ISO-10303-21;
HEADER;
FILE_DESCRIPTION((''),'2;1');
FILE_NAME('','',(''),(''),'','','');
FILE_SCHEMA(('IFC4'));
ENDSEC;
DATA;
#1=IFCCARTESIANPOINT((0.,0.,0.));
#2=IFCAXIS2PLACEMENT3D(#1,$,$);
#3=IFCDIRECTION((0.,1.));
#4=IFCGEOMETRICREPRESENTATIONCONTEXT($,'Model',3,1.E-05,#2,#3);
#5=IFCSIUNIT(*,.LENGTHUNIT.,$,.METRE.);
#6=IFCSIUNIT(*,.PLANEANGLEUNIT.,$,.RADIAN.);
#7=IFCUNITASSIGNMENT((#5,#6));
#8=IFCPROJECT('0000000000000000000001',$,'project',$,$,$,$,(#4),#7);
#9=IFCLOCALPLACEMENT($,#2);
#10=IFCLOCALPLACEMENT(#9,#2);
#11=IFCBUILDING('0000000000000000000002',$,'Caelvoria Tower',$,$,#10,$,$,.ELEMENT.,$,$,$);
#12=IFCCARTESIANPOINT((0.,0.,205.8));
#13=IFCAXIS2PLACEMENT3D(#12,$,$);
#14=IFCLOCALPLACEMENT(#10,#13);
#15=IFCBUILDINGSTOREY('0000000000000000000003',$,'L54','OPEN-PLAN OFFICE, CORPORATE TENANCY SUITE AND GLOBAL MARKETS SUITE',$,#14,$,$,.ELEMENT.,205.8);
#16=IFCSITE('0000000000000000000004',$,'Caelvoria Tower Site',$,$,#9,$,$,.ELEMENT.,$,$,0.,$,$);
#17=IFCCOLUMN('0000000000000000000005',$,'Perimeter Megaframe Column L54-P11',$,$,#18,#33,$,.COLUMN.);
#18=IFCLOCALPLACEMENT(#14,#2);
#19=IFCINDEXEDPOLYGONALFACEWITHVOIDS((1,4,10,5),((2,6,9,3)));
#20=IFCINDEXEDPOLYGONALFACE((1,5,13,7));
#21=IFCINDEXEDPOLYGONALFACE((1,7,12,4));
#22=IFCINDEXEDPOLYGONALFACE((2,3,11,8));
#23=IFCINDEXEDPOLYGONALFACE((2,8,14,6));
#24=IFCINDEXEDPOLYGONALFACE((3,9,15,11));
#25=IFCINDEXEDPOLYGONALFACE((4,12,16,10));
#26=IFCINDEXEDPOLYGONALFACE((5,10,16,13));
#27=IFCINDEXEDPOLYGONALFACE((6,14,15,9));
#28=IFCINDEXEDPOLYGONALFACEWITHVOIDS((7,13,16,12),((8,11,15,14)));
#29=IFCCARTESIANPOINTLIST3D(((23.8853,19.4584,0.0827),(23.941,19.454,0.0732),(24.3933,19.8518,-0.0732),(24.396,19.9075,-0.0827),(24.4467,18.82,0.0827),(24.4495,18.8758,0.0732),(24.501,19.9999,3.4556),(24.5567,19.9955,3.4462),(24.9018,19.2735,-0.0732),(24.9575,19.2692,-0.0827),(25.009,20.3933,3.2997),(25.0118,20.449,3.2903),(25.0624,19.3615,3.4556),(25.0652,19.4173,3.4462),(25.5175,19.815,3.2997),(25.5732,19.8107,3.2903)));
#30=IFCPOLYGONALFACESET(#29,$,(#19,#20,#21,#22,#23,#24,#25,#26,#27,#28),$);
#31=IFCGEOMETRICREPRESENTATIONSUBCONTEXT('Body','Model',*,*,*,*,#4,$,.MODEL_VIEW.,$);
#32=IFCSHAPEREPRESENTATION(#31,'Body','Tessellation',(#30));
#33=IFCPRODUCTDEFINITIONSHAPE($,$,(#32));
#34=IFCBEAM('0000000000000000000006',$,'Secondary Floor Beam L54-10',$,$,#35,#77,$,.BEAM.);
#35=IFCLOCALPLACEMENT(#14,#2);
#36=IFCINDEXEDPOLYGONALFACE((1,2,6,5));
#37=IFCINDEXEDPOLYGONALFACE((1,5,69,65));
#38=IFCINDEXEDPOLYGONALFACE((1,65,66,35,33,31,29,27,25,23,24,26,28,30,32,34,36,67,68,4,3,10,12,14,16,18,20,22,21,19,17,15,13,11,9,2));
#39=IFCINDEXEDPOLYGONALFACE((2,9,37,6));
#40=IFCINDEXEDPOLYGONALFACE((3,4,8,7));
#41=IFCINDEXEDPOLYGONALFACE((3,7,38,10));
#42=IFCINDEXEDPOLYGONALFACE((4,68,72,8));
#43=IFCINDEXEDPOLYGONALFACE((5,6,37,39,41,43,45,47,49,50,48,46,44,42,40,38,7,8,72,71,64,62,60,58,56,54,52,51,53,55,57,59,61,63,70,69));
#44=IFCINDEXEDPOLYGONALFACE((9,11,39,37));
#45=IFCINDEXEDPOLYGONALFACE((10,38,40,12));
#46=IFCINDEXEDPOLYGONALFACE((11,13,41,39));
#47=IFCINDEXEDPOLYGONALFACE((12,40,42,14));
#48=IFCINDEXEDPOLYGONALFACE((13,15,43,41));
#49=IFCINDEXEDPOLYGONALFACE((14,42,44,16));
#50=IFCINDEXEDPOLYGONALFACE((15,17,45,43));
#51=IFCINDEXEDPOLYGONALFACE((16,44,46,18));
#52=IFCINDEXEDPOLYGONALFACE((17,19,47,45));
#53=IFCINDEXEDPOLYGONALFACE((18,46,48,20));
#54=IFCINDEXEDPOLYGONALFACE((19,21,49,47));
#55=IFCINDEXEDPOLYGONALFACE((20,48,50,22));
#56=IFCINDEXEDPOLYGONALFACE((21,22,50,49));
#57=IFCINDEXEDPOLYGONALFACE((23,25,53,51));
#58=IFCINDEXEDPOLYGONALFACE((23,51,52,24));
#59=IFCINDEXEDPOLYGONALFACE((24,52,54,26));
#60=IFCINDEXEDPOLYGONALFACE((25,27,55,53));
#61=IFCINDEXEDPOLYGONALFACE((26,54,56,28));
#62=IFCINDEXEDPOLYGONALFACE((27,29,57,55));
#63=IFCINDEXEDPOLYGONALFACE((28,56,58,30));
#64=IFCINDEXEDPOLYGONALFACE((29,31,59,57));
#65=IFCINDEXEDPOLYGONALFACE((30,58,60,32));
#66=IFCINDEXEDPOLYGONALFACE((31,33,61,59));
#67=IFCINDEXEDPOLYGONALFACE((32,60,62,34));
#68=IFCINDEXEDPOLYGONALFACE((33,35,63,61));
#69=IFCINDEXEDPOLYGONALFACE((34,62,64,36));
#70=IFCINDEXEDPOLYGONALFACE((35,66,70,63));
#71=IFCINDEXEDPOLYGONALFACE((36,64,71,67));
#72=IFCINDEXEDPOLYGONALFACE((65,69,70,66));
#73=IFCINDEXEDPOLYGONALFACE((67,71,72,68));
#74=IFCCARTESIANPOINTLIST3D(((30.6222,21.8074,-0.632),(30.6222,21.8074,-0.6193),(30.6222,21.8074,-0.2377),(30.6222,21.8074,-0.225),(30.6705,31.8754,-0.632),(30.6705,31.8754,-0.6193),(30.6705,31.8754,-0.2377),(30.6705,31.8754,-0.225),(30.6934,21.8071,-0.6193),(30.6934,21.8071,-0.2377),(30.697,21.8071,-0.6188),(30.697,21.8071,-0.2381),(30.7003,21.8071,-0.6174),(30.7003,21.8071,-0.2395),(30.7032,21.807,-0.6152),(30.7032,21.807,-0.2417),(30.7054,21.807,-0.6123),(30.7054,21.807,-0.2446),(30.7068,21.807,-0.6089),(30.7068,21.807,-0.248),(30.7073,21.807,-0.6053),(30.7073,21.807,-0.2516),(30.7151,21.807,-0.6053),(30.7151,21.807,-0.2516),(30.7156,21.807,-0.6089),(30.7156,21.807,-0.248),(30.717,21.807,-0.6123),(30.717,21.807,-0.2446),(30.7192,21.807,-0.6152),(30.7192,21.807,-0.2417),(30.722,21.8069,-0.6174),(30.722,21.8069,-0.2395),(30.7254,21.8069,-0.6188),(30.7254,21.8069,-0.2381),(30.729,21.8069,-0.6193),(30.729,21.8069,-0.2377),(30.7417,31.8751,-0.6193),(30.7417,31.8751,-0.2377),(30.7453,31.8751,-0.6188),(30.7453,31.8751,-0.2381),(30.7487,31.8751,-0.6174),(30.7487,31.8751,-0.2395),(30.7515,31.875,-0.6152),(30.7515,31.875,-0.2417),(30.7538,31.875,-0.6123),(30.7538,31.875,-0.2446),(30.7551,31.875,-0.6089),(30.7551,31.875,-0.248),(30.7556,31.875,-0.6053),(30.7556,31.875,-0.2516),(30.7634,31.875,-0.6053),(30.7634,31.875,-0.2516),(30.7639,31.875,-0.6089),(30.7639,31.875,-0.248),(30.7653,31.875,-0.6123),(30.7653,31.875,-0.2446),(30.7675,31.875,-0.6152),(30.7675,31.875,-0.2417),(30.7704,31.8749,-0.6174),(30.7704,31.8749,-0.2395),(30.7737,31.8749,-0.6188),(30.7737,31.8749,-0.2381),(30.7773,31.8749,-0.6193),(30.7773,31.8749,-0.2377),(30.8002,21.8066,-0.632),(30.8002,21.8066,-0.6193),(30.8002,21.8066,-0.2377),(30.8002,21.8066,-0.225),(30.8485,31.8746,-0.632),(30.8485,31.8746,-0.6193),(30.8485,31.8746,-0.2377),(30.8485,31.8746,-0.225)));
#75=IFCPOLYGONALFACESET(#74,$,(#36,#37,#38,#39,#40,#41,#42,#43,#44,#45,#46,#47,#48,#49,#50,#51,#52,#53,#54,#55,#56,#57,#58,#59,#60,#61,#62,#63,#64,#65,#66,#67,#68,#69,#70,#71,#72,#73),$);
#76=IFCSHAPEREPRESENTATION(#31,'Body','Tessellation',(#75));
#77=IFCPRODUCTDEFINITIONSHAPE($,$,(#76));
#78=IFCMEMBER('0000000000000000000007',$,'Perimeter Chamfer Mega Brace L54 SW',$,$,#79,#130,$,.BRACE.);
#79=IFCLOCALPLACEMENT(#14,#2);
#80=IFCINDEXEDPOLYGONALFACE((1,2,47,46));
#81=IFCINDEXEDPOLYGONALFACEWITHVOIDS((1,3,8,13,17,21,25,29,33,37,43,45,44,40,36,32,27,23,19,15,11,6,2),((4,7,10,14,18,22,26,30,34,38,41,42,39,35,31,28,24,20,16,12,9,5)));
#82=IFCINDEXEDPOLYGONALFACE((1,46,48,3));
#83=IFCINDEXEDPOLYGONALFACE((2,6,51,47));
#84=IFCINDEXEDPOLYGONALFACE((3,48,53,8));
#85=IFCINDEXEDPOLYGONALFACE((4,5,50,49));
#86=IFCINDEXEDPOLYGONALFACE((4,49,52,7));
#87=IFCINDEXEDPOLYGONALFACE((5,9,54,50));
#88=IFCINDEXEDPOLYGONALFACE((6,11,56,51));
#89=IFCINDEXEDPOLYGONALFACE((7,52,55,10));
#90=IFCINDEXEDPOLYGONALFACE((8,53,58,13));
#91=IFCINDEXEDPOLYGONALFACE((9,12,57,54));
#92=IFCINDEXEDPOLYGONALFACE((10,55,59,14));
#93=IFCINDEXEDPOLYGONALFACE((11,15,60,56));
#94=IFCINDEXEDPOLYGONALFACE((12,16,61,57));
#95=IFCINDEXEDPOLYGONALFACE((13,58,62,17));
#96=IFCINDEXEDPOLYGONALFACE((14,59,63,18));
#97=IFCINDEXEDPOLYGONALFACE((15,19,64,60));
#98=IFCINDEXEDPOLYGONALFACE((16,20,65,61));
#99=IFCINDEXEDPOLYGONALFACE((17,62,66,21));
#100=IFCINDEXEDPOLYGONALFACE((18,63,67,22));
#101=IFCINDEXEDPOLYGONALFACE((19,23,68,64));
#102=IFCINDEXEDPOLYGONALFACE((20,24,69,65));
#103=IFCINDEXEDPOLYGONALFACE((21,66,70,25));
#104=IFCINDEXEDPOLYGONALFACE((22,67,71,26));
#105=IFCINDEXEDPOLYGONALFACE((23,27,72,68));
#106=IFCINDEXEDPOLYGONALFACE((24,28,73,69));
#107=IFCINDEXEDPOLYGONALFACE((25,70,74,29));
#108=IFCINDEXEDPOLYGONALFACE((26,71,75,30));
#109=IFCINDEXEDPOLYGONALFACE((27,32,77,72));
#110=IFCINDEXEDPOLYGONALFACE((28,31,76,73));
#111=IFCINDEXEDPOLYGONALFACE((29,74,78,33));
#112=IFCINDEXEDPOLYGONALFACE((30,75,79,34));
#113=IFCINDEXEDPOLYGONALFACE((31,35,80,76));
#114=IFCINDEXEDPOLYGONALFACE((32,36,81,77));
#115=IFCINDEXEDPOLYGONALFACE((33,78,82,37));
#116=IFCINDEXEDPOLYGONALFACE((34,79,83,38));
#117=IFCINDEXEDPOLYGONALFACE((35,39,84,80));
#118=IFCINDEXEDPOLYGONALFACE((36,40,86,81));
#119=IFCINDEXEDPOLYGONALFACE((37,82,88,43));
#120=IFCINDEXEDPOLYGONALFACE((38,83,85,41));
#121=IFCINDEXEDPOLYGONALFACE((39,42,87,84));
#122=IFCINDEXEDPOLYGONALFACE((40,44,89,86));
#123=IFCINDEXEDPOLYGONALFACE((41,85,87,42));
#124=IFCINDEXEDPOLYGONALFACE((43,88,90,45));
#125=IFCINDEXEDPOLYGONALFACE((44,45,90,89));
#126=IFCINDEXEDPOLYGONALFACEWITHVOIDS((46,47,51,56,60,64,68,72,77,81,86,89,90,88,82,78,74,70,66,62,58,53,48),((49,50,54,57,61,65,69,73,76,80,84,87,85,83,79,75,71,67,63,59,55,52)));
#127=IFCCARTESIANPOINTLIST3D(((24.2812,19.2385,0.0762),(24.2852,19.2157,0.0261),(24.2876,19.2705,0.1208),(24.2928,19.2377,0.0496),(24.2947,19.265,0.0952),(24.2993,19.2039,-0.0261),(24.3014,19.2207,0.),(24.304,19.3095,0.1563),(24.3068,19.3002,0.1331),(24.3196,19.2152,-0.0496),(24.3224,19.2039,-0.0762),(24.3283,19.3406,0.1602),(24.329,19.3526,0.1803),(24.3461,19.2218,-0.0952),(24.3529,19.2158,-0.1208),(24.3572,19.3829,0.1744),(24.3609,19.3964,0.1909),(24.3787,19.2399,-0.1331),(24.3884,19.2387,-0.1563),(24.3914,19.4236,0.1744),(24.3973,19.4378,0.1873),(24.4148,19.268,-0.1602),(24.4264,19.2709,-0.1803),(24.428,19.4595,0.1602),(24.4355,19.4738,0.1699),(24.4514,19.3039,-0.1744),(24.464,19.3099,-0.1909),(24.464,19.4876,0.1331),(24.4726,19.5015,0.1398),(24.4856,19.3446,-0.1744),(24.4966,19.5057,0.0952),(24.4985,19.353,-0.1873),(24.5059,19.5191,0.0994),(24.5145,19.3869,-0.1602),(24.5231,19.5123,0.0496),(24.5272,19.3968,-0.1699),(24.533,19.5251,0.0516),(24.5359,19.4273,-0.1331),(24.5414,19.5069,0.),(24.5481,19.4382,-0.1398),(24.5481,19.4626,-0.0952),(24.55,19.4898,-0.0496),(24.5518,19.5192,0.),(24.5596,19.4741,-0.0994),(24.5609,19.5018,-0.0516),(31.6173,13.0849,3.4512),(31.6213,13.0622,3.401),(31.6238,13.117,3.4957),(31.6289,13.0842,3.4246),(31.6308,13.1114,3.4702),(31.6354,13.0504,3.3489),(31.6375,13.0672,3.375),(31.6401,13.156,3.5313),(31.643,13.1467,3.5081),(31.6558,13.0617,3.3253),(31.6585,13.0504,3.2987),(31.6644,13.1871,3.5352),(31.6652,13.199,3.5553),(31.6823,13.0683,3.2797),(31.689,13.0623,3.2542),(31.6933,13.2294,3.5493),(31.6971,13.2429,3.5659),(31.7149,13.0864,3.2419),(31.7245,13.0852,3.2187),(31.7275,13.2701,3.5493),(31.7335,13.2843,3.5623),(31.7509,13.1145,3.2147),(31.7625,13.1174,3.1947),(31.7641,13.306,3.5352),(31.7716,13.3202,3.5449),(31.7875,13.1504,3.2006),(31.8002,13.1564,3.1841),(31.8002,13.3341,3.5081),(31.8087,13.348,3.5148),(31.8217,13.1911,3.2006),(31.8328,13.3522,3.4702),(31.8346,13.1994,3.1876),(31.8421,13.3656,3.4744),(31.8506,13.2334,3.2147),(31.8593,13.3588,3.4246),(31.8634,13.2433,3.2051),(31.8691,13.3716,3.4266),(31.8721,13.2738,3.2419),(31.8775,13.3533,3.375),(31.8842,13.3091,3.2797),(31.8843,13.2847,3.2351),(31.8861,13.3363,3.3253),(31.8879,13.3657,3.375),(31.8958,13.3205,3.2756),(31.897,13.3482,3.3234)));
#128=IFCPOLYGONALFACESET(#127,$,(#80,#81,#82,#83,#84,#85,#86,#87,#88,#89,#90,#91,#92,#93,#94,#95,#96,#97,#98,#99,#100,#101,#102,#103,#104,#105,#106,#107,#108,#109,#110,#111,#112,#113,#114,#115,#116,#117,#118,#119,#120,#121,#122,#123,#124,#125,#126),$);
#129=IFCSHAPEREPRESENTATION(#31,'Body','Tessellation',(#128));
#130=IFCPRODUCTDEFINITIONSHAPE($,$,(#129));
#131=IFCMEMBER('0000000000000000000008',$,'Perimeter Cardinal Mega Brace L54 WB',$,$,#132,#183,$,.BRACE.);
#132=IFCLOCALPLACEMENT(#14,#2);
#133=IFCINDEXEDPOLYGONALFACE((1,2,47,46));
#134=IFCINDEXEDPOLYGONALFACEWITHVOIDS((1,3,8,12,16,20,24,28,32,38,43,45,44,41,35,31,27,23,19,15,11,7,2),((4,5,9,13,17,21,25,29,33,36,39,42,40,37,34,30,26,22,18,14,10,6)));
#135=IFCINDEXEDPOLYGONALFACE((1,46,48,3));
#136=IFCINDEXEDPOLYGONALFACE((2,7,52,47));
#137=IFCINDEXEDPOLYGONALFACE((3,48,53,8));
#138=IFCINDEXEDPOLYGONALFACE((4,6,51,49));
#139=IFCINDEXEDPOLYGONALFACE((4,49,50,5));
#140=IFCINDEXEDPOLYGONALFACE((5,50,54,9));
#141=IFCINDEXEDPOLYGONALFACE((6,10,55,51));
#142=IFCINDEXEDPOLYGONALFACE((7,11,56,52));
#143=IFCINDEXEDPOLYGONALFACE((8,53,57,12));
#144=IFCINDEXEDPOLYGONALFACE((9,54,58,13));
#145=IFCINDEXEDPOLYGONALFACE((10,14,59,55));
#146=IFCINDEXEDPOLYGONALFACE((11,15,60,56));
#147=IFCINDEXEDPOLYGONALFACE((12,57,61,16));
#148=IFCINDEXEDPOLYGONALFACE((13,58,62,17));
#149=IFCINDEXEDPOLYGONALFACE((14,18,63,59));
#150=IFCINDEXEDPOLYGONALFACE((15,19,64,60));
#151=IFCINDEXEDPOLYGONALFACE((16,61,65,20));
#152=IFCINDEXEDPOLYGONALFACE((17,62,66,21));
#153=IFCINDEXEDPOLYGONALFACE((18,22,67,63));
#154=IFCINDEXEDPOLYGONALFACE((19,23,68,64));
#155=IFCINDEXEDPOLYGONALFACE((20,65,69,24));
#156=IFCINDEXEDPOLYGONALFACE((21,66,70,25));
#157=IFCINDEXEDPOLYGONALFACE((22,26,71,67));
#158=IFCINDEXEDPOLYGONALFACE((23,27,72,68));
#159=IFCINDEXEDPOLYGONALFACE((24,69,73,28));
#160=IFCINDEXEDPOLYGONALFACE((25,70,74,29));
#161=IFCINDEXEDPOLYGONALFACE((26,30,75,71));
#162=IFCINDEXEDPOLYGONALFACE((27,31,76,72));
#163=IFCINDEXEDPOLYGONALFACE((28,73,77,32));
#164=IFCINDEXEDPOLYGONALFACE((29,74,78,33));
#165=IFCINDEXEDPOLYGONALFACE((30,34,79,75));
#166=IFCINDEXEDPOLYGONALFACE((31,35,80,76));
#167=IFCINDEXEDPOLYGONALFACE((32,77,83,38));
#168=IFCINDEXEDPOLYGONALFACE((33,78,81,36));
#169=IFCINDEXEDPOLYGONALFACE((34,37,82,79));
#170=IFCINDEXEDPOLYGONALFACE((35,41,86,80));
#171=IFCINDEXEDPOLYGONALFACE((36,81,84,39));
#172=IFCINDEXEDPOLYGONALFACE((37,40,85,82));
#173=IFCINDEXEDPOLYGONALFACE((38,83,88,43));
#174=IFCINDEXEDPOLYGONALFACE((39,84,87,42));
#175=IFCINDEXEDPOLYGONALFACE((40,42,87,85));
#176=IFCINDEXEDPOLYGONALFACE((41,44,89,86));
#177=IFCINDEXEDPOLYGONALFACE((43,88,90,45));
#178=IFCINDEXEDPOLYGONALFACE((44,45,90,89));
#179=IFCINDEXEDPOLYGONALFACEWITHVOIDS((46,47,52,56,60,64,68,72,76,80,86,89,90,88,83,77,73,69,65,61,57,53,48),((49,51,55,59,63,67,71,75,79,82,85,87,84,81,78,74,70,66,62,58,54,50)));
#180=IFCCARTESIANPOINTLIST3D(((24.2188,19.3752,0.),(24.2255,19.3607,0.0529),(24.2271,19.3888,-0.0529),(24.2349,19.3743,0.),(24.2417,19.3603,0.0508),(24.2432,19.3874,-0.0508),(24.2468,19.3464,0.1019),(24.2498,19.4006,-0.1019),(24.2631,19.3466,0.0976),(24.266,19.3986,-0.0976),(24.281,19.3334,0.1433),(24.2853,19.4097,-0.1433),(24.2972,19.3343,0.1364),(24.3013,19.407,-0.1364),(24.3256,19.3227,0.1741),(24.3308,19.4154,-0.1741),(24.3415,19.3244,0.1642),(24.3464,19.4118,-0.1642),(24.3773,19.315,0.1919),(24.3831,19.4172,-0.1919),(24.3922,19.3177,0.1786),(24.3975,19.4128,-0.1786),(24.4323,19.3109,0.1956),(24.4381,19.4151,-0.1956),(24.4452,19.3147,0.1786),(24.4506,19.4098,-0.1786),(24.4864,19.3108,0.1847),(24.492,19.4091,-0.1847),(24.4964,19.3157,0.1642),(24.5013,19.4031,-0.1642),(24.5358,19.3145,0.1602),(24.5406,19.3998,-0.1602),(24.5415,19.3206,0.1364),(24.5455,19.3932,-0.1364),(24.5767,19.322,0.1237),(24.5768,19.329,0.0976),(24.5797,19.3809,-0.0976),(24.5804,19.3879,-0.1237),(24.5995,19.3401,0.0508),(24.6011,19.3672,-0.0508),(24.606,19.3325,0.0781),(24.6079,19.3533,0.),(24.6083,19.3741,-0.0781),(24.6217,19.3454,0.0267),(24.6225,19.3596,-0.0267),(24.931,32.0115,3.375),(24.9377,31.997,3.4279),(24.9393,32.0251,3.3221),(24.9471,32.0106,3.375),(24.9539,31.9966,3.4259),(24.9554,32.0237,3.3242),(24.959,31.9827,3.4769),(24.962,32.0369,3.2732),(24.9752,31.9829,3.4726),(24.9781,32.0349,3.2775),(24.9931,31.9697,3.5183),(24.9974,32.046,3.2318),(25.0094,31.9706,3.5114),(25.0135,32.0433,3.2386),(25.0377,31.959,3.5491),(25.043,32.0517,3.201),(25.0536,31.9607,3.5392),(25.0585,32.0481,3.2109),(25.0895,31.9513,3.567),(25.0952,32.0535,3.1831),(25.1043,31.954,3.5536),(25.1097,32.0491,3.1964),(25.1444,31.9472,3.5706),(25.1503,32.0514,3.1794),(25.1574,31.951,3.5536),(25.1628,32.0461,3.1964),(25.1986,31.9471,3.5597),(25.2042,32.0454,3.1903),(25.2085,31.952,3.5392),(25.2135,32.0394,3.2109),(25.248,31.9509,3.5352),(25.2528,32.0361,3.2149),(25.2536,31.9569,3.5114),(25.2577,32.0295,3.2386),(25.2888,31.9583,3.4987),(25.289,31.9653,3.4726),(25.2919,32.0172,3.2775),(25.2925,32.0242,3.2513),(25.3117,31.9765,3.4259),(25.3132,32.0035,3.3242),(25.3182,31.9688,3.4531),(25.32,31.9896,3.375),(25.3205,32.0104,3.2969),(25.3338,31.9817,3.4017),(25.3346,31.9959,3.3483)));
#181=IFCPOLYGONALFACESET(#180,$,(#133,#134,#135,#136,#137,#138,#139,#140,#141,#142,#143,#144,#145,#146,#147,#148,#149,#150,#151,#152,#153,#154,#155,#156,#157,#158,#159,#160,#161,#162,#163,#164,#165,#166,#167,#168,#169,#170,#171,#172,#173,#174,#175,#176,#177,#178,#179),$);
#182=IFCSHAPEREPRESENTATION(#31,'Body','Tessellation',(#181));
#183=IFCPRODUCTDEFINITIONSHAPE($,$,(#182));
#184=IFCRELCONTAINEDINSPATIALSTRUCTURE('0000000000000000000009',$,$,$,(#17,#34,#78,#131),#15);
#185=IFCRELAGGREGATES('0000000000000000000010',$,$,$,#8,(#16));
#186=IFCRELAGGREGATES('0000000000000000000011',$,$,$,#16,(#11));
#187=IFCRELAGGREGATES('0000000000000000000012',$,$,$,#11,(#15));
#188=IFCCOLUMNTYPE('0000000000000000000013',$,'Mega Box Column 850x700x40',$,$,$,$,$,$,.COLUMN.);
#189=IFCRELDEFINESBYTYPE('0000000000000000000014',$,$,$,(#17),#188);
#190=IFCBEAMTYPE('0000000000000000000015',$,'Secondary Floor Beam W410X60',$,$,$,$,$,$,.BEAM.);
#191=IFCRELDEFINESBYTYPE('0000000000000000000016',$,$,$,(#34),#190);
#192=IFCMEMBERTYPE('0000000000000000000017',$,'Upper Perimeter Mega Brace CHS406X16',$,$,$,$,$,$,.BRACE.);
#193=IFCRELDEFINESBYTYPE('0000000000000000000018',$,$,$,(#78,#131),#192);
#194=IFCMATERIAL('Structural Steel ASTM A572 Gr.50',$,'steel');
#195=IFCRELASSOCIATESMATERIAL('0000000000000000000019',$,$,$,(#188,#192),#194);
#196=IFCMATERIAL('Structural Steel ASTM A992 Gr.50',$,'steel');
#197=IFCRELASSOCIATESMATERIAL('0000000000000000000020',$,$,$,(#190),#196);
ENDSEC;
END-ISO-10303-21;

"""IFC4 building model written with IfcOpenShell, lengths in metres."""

from ifc_helpers import new_model, si_unit, direction, frame, origin, origin_2d, place, context, subcontext, project, spatial, hollow_rectangle, hollow_circle, i_section, extrude, material, material_profile, profile_set, type_object, element, save


model = new_model("IFC4")

# Units and contexts
model_context = context("Model", 3, precision=1e-05, world=origin(), true_north=direction((0.0, 1.0)))
body_context = subcontext(model_context, "Body", "Model", "MODEL_VIEW")
ifc_project = project(units=[si_unit("LENGTHUNIT", "METRE"), si_unit("PLANEANGLEUNIT", "RADIAN")], contexts=[model_context])

# Site, building, storey
site_placement = place(None, origin())
site = spatial("IfcSite", under=ifc_project, at=site_placement, Name="Caelvoria Tower Site", CompositionType="ELEMENT", RefElevation=0.0)
building_placement = place(site_placement, origin())
building = spatial("IfcBuilding", under=site, at=building_placement, Name="Caelvoria Tower", CompositionType="ELEMENT")
storey_placement = place(building_placement, frame((0.0, 0.0, 205.8)))
storey = spatial("IfcBuildingStorey", under=building, at=storey_placement, Name="L54", Description="OPEN-PLAN OFFICE, CORPORATE TENANCY SUITE AND GLOBAL MARKETS SUITE", CompositionType="ELEMENT", Elevation=205.8)

# Column
ifc_material_1 = material(Name="Structural Steel ASTM A572 Gr.50", Category="steel")
ifc_material_profile_1 = material_profile(ifc_material_1, hollow_rectangle(XDim=0.7, YDim=0.8501, WallThickness=0.04, at=origin_2d()), Name="Structural Steel ASTM A572 Gr.50")
ifc_profile_set_1 = profile_set([ifc_material_profile_1], Name="BOX850X700X40 - Structural Steel ASTM A572 Gr.50")
column_type = type_object("IfcColumnType", Name="Mega Box Column 850x700x40", PredefinedType="COLUMN", material=ifc_profile_set_1)
column_placement = place(storey_placement, frame((24.4214, 19.3638, 0.0), z_axis=(0.177376, 0.155995, 0.971701), x_axis=(-0.729664, -0.641711, 0.236214)))
element("IfcColumn", 1, at=column_placement, inside=storey, type_object=column_type, Name="Perimeter Megaframe Column L54-P11", PredefinedType="COLUMN", context=body_context, shape_type="SweptSolid", body=[
    extrude(hollow_rectangle(XDim=0.7, YDim=0.8501, WallThickness=0.04, at=origin_2d()), origin(), (0.0, 0.0, 1.0), 3.4712),
])

# Beam
ifc_material_2 = material(Name="Structural Steel ASTM A992 Gr.50", Category="steel")
ifc_material_profile_2 = material_profile(ifc_material_2, i_section(OverallWidth=0.178, OverallDepth=0.407, WebThickness=0.0078, FlangeThickness=0.0127, FilletRadius=0.0139, at=origin_2d()), Name="Structural Steel ASTM A992 Gr.50")
ifc_profile_set_2 = profile_set([ifc_material_profile_2], Name="W410X60 - Structural Steel ASTM A992 Gr.50")
beam_type_1 = type_object("IfcBeamType", Name="Secondary Floor Beam W410X60", PredefinedType="BEAM", material=ifc_profile_set_2)
beam_1_placement = place(storey_placement, frame((30.7595, 31.875, -0.4285), z_axis=(-0.004801, -0.999988, 0.0), x_axis=(0.999988, -0.004801, 0.0)))
element("IfcBeam", 2, at=beam_1_placement, inside=storey, type_object=beam_type_1, Name="Secondary Floor Beam L54-10", PredefinedType="BEAM", context=body_context, shape_type="SweptSolid", body=[
    extrude(i_section(OverallWidth=0.178, OverallDepth=0.407, WebThickness=0.0078, FlangeThickness=0.0127, FilletRadius=0.0139, at=origin_2d()), origin(), (0.0, 0.0, 1.0), 10.0681),
])

# Members
ifc_material_profile_3 = material_profile(ifc_material_1, hollow_circle(Radius=0.2029, WallThickness=0.0161, at=origin_2d()), Name="Structural Steel ASTM A572 Gr.50")
ifc_profile_set_3 = profile_set([ifc_material_profile_3], Name="CHS406X16 - Structural Steel ASTM A572 Gr.50")
member_type = type_object("IfcMemberType", Name="Upper Perimeter Mega Brace CHS406X16", PredefinedType="BRACE", material=ifc_profile_set_3)
member_1_placement = place(storey_placement, frame((24.4214, 19.3638, 0.0), z_axis=(0.722587, -0.606104, 0.332425), x_axis=(0.642651, 0.766159, 0.0)))
element("IfcMember", 3, at=member_1_placement, inside=storey, type_object=member_type, Name="Perimeter Chamfer Mega Brace L54 SW", PredefinedType="BRACE", context=body_context, shape_type="SweptSolid", body=[
    extrude(hollow_circle(Radius=0.2029, WallThickness=0.0161, at=origin_2d()), origin(), (0.0, 0.0, 1.0), 10.1526),
])
member_2_placement = place(storey_placement, frame((24.4214, 19.3638, 0.0), z_axis=(0.054369, 0.964704, 0.257662), x_axis=(-0.998416, 0.056269, 0.0)))
element("IfcMember", 4, at=member_2_placement, inside=storey, type_object=member_type, Name="Perimeter Cardinal Mega Brace L54 WB", PredefinedType="BRACE", context=body_context, shape_type="SweptSolid", body=[
    extrude(hollow_circle(Radius=0.2029, WallThickness=0.0161, at=origin_2d()), origin(), (0.0, 0.0, 1.0), 13.0986),
])

save(model, "model.ifc")
